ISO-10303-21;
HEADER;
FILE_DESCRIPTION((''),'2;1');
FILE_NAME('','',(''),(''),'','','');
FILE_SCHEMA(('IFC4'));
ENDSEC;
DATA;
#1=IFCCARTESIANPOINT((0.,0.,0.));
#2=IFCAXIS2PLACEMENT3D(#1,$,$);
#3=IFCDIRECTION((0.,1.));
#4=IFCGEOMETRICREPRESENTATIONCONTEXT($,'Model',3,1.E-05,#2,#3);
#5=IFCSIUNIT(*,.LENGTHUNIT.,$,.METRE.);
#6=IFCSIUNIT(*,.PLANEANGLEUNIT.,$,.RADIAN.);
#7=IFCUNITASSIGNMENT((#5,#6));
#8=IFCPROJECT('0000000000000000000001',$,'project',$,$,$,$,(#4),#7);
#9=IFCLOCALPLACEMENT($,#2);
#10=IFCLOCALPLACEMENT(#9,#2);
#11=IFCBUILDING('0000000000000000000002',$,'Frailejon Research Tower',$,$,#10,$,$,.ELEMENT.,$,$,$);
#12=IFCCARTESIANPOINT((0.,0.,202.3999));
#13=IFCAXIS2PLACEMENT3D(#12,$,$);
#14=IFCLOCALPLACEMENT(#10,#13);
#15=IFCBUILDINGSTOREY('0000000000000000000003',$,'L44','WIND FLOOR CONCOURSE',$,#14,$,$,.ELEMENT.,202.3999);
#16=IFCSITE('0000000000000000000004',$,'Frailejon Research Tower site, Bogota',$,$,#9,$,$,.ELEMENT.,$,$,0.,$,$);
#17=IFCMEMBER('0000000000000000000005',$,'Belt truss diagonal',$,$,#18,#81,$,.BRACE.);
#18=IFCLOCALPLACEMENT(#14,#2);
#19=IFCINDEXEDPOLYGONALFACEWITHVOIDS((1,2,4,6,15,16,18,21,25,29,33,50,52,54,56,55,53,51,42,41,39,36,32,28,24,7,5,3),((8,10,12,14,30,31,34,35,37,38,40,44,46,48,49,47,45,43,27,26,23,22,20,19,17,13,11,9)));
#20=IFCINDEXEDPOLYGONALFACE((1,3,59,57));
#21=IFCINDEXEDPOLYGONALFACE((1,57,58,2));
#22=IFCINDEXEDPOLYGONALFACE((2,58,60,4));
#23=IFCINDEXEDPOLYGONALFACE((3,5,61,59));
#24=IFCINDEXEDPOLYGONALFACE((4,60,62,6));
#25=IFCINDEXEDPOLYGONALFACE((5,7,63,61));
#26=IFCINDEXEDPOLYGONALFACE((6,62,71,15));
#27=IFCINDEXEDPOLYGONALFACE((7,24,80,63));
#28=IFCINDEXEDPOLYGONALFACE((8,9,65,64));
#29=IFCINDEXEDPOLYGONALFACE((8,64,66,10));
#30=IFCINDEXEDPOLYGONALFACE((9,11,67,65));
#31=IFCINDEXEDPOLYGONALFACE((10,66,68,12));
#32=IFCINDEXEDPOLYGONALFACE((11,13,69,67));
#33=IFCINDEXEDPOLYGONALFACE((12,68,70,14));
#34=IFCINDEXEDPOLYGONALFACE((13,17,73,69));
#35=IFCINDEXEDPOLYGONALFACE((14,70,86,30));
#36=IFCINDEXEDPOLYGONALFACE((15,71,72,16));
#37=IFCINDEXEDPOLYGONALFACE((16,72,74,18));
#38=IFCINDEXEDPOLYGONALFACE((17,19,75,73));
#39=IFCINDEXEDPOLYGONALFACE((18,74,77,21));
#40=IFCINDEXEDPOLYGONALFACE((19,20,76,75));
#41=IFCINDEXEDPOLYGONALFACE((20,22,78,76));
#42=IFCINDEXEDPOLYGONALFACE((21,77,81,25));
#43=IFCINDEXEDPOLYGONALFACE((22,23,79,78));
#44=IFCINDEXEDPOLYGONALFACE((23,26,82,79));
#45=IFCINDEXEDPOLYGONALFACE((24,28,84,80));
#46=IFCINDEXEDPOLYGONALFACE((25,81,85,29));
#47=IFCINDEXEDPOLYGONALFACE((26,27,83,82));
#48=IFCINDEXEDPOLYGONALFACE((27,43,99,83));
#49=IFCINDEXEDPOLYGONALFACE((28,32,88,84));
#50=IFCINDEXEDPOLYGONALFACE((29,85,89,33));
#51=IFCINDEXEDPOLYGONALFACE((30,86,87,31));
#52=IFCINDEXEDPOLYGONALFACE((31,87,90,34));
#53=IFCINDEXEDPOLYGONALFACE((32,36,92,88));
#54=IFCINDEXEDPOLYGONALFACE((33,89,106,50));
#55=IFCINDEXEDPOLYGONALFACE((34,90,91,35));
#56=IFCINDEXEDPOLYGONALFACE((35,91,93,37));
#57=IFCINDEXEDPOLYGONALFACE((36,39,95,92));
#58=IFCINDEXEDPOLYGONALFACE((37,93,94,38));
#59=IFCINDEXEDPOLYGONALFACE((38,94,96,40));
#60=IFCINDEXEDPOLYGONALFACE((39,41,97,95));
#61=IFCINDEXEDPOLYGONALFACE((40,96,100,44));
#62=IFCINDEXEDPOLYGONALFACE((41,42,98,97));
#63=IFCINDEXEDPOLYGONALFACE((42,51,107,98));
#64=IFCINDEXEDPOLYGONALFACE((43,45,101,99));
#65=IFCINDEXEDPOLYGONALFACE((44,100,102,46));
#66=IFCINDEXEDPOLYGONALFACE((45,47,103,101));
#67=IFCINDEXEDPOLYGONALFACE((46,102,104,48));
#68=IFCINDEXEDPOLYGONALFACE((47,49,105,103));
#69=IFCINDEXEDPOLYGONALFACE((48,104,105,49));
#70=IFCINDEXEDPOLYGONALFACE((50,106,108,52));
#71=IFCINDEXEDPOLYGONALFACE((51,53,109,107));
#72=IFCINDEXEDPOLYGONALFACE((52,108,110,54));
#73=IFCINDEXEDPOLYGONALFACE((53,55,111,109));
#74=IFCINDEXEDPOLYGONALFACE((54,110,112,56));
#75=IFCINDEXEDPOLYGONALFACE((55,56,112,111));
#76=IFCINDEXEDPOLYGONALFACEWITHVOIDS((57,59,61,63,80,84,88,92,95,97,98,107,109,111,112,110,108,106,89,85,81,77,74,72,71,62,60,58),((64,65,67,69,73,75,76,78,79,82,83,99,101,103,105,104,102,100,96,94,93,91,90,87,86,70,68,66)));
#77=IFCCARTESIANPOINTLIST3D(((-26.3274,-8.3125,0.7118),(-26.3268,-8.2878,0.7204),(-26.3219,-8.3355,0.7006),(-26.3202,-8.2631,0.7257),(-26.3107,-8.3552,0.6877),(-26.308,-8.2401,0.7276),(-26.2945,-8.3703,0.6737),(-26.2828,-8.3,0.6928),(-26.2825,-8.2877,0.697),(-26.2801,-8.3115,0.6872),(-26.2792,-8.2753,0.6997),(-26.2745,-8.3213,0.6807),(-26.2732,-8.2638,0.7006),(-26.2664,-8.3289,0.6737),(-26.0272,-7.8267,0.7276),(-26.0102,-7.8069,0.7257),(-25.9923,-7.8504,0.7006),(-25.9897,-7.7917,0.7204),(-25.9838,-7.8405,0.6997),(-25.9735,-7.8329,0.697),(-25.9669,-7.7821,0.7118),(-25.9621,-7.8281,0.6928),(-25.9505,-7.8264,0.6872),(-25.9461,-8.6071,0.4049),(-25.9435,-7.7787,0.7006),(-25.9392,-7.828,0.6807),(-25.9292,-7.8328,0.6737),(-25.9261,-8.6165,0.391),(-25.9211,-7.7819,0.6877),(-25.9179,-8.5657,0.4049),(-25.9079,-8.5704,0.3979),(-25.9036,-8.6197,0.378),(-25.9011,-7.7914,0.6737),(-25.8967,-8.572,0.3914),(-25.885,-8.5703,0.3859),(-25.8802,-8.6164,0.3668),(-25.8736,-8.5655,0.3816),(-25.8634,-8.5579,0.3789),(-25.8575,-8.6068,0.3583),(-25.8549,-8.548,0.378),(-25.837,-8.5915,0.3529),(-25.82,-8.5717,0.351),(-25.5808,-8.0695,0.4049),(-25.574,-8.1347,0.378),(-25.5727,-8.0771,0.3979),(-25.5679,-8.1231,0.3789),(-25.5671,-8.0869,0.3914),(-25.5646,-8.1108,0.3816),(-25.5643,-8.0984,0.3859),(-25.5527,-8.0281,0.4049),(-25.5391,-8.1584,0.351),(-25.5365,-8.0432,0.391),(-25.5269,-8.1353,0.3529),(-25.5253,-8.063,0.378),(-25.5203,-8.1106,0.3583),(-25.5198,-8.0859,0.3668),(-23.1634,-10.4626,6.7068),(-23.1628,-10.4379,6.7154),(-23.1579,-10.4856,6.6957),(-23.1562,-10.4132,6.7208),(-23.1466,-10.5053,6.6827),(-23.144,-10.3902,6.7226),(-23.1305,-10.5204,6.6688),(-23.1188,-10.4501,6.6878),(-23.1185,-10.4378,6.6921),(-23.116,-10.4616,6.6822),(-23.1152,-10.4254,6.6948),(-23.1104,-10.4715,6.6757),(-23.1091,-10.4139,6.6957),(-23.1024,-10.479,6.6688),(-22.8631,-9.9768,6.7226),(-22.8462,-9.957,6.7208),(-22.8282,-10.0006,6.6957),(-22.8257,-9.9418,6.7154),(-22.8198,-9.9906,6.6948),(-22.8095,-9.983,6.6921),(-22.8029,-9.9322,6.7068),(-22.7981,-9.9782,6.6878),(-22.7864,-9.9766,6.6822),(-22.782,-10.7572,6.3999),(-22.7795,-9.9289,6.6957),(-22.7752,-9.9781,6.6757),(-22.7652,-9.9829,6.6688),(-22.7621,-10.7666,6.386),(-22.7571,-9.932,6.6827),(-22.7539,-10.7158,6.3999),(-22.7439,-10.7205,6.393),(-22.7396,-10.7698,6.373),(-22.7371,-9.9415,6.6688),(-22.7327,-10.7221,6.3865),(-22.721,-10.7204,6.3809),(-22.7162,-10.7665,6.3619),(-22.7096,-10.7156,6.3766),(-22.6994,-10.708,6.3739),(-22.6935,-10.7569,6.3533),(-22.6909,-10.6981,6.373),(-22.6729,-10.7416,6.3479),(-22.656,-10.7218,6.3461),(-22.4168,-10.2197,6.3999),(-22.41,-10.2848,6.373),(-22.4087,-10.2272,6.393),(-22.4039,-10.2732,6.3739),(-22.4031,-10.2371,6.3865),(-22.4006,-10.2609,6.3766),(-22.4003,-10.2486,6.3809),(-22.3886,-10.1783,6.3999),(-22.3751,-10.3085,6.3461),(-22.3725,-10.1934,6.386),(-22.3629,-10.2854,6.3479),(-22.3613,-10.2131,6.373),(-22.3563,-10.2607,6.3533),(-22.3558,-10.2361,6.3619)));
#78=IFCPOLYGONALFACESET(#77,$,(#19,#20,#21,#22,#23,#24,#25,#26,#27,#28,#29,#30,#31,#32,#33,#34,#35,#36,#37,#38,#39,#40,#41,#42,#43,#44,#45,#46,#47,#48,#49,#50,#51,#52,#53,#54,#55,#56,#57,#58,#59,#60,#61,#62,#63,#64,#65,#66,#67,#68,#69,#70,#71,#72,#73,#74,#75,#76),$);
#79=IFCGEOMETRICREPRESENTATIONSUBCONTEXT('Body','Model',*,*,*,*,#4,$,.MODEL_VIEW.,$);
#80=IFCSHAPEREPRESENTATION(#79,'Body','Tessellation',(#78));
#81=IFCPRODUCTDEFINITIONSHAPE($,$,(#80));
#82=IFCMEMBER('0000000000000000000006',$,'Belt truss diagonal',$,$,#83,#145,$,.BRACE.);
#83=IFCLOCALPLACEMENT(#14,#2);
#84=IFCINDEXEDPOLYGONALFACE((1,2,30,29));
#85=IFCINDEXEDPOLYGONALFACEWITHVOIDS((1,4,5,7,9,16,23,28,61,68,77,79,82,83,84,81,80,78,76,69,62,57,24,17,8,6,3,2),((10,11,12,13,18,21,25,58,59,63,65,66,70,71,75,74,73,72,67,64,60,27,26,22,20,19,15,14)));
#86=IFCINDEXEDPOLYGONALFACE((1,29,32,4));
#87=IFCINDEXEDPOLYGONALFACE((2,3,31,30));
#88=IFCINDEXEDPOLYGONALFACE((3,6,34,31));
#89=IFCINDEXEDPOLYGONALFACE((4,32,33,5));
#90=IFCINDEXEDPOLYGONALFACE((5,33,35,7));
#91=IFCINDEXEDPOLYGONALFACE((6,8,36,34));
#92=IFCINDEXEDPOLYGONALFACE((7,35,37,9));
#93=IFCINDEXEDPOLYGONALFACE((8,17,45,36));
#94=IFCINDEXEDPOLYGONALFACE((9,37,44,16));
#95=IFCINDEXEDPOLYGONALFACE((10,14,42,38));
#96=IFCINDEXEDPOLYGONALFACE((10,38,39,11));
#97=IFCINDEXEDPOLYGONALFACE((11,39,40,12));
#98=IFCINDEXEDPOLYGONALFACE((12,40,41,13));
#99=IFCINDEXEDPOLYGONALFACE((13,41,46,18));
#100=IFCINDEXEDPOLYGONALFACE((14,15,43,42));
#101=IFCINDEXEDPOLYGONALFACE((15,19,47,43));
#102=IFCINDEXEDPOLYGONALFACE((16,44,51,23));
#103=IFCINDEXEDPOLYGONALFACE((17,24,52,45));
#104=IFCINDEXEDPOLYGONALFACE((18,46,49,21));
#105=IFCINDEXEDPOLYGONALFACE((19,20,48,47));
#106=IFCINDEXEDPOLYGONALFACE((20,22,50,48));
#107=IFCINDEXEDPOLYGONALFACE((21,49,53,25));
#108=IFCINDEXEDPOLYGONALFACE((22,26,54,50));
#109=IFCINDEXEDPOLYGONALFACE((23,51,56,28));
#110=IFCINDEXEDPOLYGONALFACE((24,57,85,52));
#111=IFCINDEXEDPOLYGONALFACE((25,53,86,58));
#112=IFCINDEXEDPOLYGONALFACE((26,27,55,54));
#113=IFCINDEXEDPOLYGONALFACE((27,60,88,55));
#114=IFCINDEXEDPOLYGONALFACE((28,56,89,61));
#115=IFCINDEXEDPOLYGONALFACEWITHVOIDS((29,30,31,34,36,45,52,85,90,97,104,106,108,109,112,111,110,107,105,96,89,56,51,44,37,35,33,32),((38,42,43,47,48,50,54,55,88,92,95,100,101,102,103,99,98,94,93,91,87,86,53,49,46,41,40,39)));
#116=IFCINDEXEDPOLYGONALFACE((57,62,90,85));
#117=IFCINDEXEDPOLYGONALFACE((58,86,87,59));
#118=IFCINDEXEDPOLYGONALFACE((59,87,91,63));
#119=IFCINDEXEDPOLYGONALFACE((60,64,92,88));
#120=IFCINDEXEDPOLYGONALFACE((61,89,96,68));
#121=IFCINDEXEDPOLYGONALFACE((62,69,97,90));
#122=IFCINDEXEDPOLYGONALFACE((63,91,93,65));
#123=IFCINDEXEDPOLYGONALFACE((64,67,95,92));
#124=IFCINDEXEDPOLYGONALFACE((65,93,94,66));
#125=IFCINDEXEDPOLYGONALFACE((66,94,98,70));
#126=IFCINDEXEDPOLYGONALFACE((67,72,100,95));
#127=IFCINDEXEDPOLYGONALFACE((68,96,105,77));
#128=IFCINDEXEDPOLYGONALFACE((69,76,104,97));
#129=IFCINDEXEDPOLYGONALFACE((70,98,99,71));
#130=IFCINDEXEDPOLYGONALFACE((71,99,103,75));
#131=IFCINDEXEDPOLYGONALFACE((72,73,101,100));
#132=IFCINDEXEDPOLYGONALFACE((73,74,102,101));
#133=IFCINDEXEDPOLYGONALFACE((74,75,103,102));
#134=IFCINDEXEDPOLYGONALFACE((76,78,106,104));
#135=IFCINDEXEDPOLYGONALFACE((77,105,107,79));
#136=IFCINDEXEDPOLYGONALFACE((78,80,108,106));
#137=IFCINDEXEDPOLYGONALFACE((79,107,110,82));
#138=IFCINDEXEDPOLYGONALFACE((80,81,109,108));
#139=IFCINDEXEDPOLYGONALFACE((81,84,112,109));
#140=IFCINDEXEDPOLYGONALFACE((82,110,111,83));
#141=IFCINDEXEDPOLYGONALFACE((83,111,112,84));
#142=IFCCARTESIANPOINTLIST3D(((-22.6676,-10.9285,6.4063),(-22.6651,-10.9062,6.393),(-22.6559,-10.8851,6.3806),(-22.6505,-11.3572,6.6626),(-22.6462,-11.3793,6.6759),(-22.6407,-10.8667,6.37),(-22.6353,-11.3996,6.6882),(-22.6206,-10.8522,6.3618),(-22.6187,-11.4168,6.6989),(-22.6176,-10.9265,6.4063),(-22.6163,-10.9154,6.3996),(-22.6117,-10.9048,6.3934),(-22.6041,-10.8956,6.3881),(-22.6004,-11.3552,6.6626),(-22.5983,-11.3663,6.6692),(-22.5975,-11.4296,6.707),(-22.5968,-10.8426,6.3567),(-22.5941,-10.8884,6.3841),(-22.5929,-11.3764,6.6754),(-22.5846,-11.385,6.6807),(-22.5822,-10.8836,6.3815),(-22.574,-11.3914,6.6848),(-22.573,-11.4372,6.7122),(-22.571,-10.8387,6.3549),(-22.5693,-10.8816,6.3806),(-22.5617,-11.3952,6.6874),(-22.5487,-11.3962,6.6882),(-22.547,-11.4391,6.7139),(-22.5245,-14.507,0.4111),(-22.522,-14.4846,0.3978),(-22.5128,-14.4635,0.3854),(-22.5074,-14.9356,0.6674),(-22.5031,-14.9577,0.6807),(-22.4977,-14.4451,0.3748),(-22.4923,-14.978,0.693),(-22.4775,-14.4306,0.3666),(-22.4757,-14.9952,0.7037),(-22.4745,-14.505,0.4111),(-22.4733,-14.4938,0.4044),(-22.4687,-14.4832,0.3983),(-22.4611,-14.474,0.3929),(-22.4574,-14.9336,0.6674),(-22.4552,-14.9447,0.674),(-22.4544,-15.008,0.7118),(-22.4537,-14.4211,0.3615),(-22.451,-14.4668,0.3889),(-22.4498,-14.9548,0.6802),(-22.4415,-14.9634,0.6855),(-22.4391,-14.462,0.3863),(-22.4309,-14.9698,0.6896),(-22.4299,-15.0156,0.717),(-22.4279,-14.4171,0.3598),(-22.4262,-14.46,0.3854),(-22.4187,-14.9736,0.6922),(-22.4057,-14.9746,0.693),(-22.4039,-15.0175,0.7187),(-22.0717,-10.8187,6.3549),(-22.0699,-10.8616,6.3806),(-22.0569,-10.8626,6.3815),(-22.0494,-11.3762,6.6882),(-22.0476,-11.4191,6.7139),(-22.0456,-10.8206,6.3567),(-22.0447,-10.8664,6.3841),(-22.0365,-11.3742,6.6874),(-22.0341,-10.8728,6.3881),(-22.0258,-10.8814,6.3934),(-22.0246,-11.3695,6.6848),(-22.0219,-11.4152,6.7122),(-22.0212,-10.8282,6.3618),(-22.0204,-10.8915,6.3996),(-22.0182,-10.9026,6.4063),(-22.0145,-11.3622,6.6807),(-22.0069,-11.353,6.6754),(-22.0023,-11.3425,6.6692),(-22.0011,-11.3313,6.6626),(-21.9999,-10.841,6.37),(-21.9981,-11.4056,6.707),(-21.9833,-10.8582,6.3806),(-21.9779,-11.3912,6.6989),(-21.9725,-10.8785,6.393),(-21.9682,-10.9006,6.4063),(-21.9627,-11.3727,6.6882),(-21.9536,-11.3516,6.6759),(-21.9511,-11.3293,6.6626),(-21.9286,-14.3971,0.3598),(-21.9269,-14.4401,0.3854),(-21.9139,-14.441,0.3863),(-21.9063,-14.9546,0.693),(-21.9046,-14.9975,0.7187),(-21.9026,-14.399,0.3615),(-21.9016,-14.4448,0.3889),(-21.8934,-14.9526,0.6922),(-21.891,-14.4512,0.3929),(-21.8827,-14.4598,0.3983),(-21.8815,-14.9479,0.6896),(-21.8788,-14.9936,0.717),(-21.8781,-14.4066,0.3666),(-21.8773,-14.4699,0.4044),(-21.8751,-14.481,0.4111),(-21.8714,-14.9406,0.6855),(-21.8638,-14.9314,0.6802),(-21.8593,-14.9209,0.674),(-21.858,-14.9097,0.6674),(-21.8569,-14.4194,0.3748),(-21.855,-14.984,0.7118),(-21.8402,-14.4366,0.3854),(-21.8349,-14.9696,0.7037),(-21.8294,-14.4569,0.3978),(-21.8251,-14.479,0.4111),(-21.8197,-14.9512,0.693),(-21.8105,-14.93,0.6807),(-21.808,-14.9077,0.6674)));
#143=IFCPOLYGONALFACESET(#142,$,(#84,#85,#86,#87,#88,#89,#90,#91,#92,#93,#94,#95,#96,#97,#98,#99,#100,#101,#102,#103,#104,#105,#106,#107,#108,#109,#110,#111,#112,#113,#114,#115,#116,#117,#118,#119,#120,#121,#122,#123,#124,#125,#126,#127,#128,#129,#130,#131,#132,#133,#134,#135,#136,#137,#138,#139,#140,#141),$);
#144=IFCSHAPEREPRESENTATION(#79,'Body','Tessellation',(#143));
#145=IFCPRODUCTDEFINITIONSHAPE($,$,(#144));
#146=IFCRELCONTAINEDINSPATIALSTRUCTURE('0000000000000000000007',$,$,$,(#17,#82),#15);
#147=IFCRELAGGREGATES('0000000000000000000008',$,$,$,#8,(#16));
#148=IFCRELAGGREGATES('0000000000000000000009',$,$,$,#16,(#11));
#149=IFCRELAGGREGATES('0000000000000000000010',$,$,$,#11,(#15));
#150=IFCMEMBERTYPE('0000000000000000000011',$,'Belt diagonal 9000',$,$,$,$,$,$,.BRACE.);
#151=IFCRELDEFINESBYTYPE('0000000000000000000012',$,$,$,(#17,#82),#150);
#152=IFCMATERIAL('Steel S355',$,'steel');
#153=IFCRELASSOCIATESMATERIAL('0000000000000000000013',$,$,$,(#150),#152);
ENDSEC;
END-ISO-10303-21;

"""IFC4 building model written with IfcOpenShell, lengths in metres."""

from ifc_helpers import new_model, si_unit, direction, frame, origin, origin_2d, place, context, subcontext, project, spatial, hollow_rectangle, extrude, material, material_profile, profile_set, type_object, element, save


model = new_model("IFC4")

# Units and contexts
model_context = context("Model", 3, precision=1e-05, world=origin(), true_north=direction((0.0, 1.0)))
body_context = subcontext(model_context, "Body", "Model", "MODEL_VIEW")
ifc_project = project(units=[si_unit("LENGTHUNIT", "METRE"), si_unit("PLANEANGLEUNIT", "RADIAN")], contexts=[model_context])

# Site, building, storey
site_placement = place(None, origin())
site = spatial("IfcSite", under=ifc_project, at=site_placement, Name="Frailejon Research Tower site, Bogota", CompositionType="ELEMENT", RefElevation=0.0)
building_placement = place(site_placement, origin())
building = spatial("IfcBuilding", under=site, at=building_placement, Name="Frailejon Research Tower", CompositionType="ELEMENT")
storey_placement = place(building_placement, frame((0.0, 0.0, 202.3999)))
storey = spatial("IfcBuildingStorey", under=building, at=storey_placement, Name="L44", Description="WIND FLOOR CONCOURSE", CompositionType="ELEMENT", Elevation=202.3999)

# Members
ifc_material_1 = material(Name="Steel S355", Category="steel")
ifc_material_profile_1 = material_profile(ifc_material_1, hollow_rectangle(XDim=0.7, YDim=0.7, WallThickness=0.05, InnerFilletRadius=0.05, OuterFilletRadius=0.1001, at=origin_2d()), Name="Belt diagonal 9000")
ifc_profile_set_1 = profile_set([ifc_material_profile_1], Name="Steel S355")
member_type = type_object("IfcMemberType", Name="Belt diagonal 9000", PredefinedType="BRACE", material=ifc_profile_set_1)
member_1_placement = place(storey_placement, frame((-25.9236, -8.1992, 0.5393), z_axis=(0.444911, -0.302341, 0.842997), x_axis=(0.562057, 0.827099, 0.0)))
element("IfcMember", 1, at=member_1_placement, inside=storey, type_object=member_type, Name="Belt truss diagonal", PredefinedType="BRACE", context=body_context, shape_type="SweptSolid", body=[
    extrude(hollow_rectangle(XDim=0.7, YDim=0.7, WallThickness=0.05, InnerFilletRadius=0.05, OuterFilletRadius=0.1001, at=origin_2d()), origin(), (0.0, 0.0, 1.0), 7.1116),
])
member_2_placement = place(storey_placement, frame((-22.3093, -11.1289, 6.5344), z_axis=(0.020487, -0.512417, -0.858492), x_axis=(0.999202, 0.039949, 0.0)))
element("IfcMember", 2, at=member_2_placement, inside=storey, type_object=member_type, Name="Belt truss diagonal", PredefinedType="BRACE", context=body_context, shape_type="SweptSolid", body=[
    extrude(hollow_rectangle(XDim=0.7, YDim=0.7, WallThickness=0.05, InnerFilletRadius=0.05, OuterFilletRadius=0.1001, at=origin_2d()), origin(), (0.0, 0.0, 1.0), 6.9834),
])

save(model, "model.ifc")
